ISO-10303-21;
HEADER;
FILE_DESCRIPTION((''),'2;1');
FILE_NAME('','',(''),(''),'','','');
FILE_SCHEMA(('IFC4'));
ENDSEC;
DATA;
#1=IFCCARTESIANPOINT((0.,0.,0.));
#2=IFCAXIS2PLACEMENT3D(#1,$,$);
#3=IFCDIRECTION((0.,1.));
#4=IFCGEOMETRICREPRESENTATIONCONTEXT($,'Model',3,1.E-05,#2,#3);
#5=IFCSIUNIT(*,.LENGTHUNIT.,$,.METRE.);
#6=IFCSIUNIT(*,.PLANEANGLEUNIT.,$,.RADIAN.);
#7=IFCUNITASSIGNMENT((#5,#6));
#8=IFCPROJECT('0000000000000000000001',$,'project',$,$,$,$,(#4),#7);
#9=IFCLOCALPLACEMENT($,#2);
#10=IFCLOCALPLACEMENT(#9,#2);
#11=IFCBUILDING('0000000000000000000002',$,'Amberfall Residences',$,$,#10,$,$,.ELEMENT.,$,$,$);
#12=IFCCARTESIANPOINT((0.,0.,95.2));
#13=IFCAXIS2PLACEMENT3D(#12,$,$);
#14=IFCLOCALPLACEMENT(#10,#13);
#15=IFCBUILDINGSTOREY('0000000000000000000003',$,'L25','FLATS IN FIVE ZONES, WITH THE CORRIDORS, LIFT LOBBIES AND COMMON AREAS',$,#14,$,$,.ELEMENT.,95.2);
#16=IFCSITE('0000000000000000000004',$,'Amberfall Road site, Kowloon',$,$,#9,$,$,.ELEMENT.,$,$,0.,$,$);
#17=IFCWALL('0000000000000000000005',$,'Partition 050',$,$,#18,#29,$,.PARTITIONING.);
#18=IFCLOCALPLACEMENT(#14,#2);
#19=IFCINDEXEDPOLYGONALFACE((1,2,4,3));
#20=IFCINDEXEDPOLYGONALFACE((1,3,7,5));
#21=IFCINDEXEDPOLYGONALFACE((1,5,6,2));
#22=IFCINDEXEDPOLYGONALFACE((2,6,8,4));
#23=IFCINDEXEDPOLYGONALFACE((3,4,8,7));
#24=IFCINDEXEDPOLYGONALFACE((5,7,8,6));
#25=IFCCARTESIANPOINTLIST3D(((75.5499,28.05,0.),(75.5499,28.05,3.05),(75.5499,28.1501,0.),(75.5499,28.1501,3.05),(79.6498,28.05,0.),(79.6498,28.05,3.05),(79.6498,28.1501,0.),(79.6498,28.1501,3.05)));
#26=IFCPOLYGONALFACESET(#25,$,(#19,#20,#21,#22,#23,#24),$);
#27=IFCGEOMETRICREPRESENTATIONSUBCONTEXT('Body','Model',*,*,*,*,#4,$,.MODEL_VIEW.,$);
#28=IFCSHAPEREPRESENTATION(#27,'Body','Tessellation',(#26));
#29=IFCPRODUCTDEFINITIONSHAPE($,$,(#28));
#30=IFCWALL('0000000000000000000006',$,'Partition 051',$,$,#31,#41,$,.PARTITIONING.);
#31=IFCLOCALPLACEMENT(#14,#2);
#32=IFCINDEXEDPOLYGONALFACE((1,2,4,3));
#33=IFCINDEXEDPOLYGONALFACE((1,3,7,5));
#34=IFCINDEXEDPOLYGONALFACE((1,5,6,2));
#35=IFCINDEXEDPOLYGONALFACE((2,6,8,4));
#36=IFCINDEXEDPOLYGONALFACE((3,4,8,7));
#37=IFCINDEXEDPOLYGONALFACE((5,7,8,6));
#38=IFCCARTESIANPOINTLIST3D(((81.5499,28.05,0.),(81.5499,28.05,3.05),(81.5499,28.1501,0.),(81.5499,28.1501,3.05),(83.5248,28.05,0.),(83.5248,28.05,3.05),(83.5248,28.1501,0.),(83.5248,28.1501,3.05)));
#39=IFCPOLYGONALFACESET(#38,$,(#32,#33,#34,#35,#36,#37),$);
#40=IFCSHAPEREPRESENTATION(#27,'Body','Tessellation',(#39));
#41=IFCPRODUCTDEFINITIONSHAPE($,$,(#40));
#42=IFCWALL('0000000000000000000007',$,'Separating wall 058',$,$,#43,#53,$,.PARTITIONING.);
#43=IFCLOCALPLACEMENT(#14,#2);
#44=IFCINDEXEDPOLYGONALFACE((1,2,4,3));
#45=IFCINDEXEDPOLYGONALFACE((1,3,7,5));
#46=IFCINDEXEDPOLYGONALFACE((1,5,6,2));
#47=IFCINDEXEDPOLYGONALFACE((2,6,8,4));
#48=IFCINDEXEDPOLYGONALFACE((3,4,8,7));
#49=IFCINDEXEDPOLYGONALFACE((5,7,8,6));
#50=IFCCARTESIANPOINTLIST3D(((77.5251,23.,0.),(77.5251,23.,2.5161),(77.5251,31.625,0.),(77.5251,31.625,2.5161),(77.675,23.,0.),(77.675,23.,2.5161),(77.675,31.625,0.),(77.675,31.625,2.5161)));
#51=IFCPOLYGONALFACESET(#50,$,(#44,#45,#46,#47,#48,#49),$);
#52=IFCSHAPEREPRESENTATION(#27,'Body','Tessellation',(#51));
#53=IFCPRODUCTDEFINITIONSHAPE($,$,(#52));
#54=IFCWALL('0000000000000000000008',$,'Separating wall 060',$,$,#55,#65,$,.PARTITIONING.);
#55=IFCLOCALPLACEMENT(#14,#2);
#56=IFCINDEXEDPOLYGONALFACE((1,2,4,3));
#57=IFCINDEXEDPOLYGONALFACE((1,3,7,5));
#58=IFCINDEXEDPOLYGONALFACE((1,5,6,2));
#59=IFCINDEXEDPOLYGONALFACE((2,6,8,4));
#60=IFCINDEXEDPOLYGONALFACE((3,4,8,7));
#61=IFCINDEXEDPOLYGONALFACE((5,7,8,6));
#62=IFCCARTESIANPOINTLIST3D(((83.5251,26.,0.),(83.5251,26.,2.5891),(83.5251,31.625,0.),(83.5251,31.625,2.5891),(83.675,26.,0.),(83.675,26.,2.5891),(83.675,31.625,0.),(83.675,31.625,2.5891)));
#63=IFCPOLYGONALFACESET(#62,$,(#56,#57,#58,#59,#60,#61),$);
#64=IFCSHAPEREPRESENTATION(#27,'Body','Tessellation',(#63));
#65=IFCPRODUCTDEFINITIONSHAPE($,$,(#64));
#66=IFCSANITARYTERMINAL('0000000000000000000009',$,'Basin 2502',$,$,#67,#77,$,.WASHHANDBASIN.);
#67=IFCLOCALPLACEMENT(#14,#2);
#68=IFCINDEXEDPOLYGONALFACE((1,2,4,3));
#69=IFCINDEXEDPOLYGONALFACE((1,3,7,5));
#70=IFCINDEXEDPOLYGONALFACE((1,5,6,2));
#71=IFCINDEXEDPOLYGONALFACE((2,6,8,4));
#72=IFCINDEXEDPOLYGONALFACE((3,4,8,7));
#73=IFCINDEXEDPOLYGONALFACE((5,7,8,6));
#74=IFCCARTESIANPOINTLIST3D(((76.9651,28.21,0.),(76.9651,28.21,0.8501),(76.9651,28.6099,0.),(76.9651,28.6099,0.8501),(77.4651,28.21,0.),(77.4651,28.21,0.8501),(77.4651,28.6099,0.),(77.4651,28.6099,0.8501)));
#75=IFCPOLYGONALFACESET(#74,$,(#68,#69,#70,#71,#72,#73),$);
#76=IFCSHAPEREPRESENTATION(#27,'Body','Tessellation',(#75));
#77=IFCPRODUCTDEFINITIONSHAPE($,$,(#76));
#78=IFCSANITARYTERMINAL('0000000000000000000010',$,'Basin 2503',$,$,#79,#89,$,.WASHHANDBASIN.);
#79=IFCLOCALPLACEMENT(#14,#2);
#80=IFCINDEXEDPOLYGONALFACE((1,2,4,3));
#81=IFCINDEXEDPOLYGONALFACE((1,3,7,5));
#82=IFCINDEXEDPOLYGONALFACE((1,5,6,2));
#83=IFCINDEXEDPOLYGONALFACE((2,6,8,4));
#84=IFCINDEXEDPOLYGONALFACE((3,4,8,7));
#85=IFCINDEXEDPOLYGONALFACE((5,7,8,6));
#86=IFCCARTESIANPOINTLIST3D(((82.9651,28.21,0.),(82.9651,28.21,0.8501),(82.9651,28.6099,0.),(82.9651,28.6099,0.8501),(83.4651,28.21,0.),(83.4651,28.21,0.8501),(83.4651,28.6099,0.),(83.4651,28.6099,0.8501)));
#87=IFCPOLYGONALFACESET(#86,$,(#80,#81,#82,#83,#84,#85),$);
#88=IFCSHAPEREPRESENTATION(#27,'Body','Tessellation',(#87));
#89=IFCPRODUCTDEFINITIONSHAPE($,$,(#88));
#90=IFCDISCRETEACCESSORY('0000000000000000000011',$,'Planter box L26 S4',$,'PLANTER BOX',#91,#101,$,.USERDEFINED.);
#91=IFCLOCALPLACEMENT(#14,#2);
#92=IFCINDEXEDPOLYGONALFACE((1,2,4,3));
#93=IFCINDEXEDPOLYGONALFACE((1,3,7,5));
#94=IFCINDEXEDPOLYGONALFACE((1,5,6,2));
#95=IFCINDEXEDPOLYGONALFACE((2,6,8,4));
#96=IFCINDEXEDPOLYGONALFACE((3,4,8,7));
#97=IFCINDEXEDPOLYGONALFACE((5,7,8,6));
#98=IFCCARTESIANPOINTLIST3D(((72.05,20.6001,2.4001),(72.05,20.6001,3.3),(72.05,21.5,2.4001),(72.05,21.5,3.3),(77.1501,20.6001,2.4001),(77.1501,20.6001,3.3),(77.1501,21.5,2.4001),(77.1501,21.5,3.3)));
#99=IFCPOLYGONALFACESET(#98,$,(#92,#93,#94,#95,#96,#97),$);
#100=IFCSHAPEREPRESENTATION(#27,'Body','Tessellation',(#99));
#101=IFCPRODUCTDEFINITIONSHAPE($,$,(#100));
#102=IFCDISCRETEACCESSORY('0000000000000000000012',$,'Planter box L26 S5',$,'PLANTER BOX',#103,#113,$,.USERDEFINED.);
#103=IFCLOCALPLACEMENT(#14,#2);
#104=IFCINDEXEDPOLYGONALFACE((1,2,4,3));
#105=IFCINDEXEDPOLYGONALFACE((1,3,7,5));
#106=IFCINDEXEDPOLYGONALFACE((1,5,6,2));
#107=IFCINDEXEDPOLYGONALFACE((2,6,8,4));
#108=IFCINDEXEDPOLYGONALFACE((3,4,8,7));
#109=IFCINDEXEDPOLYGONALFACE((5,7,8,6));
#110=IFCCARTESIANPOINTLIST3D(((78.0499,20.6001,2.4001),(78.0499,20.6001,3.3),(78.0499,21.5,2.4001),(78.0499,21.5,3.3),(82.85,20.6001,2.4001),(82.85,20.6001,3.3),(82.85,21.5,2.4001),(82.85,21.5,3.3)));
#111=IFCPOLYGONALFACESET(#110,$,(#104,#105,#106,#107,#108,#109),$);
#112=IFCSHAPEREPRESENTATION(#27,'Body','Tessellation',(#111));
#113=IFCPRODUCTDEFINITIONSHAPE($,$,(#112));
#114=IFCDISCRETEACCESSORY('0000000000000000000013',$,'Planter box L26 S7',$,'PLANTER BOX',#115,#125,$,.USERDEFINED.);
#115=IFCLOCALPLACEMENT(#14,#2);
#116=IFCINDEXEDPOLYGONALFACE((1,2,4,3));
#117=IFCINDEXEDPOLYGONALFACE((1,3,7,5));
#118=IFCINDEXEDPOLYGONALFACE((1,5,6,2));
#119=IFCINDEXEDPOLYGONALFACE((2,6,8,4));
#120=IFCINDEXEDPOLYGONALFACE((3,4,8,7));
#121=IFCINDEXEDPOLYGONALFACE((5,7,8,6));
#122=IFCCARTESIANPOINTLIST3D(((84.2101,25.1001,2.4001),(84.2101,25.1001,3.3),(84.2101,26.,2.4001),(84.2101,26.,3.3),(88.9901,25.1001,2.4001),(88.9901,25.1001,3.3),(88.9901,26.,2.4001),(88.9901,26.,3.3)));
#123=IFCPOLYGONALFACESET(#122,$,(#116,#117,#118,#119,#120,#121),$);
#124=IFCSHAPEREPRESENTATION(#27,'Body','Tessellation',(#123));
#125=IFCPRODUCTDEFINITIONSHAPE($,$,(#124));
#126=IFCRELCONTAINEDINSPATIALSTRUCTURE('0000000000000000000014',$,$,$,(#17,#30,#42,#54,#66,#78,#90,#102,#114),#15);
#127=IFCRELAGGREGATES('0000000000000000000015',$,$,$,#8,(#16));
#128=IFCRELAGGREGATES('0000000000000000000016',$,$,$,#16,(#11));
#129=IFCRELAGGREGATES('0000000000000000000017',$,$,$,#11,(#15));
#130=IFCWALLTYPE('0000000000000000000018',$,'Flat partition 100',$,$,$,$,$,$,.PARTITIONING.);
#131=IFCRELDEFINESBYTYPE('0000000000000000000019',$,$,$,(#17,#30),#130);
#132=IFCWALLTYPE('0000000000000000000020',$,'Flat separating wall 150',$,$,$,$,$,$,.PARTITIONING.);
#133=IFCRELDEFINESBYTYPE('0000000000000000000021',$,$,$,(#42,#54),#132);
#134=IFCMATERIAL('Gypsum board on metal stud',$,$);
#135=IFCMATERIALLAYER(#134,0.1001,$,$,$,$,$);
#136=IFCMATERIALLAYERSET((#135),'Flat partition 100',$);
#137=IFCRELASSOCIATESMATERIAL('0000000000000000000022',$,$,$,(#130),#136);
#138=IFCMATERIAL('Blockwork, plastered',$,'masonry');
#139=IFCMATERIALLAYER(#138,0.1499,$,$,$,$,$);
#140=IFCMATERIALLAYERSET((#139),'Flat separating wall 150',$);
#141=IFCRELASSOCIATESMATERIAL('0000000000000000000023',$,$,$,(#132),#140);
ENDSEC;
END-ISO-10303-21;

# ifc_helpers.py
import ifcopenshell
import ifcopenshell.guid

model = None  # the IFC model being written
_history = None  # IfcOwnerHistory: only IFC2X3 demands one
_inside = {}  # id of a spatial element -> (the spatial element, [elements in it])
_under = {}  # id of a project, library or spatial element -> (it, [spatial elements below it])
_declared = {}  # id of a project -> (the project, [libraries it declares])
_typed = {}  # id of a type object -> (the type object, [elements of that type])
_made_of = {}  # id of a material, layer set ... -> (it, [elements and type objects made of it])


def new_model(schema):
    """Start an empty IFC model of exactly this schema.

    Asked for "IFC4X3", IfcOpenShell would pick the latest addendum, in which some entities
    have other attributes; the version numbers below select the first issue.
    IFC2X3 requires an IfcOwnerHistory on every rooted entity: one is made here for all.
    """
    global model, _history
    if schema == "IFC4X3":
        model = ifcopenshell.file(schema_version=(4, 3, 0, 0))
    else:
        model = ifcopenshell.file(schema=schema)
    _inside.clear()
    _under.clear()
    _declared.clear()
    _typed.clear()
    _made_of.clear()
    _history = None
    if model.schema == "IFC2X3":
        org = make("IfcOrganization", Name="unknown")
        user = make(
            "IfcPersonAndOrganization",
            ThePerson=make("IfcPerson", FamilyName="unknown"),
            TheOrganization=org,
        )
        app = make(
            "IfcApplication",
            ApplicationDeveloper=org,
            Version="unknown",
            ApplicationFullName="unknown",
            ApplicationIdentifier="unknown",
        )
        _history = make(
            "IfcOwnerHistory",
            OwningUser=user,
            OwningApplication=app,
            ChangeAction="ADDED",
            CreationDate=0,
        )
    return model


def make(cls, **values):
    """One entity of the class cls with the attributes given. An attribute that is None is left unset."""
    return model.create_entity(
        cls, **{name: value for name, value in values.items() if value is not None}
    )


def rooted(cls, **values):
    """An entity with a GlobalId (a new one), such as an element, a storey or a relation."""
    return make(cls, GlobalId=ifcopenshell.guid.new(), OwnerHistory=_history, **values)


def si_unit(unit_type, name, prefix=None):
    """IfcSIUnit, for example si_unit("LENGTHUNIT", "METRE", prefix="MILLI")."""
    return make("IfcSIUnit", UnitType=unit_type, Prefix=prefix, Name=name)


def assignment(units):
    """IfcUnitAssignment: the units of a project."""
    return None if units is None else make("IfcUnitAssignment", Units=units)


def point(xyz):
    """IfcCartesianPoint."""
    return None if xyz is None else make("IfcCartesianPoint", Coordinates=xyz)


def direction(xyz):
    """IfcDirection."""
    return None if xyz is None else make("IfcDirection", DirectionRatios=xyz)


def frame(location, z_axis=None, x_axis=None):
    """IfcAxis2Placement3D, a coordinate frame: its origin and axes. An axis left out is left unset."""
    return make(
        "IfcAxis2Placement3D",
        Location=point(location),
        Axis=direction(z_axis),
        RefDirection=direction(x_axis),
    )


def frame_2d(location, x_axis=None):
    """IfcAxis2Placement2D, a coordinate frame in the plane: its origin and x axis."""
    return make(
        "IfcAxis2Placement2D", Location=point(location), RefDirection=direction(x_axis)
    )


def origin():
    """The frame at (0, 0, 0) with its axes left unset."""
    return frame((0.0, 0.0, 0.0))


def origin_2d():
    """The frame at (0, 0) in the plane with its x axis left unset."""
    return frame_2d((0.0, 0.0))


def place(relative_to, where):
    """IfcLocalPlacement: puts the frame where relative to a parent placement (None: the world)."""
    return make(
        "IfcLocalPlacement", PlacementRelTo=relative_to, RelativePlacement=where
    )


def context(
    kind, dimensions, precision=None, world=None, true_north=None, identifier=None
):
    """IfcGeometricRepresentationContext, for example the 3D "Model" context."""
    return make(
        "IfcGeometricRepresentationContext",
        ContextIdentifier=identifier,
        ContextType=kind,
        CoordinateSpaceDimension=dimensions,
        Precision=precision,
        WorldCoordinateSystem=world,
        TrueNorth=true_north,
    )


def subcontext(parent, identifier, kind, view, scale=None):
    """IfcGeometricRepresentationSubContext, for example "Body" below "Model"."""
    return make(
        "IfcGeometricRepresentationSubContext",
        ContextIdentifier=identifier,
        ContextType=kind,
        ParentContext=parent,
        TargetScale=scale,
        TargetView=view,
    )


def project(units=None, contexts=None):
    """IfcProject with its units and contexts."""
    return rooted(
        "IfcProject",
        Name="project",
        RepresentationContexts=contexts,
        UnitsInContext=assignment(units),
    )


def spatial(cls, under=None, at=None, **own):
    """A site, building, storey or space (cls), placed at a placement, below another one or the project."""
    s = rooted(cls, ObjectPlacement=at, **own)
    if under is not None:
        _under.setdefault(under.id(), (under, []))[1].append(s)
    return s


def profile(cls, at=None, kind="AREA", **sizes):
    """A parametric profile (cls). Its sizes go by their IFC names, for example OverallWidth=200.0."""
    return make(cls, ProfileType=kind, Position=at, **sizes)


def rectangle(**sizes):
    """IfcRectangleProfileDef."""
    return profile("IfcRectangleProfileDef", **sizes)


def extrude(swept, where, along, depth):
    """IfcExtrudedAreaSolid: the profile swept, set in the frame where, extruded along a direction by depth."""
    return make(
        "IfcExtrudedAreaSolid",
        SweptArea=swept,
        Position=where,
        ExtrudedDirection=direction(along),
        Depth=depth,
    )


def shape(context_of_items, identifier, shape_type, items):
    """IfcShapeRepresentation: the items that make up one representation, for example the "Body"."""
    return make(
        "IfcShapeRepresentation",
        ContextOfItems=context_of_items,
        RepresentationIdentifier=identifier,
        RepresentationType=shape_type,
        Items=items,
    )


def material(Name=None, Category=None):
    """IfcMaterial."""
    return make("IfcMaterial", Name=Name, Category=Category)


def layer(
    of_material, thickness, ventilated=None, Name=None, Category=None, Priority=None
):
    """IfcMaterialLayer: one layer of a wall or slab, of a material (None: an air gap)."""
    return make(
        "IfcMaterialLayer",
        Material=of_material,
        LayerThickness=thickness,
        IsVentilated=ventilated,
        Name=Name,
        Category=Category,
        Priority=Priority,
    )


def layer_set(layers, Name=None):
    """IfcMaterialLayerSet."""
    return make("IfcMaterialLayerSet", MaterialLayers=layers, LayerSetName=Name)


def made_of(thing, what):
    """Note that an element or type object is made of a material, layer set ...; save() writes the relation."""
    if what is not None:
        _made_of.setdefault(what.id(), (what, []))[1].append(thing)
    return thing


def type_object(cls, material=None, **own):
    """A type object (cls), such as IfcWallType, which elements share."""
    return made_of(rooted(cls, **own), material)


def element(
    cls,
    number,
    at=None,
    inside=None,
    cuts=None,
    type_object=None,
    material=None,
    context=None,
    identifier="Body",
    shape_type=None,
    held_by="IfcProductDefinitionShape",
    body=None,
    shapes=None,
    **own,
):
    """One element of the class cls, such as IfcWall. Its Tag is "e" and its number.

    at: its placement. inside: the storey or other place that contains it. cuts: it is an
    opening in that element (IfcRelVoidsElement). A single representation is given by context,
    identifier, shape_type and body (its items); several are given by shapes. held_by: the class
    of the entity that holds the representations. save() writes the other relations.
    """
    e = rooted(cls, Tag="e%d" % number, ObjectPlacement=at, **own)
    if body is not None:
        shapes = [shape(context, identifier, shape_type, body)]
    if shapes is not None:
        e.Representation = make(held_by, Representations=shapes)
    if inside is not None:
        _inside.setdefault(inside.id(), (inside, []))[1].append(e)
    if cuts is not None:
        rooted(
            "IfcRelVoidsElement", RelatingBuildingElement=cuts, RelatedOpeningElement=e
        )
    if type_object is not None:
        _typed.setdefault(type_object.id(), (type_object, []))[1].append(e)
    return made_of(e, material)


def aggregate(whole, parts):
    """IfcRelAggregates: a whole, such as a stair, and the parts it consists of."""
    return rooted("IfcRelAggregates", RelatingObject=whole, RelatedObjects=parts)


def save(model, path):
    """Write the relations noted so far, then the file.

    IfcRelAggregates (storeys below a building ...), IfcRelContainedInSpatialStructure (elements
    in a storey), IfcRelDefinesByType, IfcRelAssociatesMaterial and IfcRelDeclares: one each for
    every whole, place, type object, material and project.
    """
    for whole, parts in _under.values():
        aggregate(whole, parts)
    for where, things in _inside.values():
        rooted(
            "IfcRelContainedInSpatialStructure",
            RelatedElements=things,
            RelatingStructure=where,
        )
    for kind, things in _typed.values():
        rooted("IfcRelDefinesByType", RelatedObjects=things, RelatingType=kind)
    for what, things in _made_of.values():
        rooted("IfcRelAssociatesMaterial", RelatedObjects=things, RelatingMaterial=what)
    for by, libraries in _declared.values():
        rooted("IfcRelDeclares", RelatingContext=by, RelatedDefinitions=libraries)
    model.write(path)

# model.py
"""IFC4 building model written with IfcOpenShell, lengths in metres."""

from ifc_helpers import new_model, si_unit, direction, frame, frame_2d, origin, origin_2d, place, context, subcontext, project, spatial, rectangle, extrude, material, layer, layer_set, type_object, element, save


model = new_model("IFC4")

# Units and contexts
model_context = context("Model", 3, precision=1e-05, world=origin(), true_north=direction((0.0, 1.0)))
body_context = subcontext(model_context, "Body", "Model", "MODEL_VIEW")
ifc_project = project(units=[si_unit("LENGTHUNIT", "METRE"), si_unit("PLANEANGLEUNIT", "RADIAN")], contexts=[model_context])

# Site, building, storey
site_placement = place(None, origin())
site = spatial("IfcSite", under=ifc_project, at=site_placement, Name="Amberfall Road site, Kowloon", CompositionType="ELEMENT", RefElevation=0.0)
building_placement = place(site_placement, origin())
building = spatial("IfcBuilding", under=site, at=building_placement, Name="Amberfall Residences", CompositionType="ELEMENT")
storey_placement = place(building_placement, frame((0.0, 0.0, 95.2)))
storey = spatial("IfcBuildingStorey", under=building, at=storey_placement, Name="L25", Description="FLATS IN FIVE ZONES, WITH THE CORRIDORS, LIFT LOBBIES AND COMMON AREAS", CompositionType="ELEMENT", Elevation=95.2)

# Shared definitions
ifc_material_1 = material(Name="Gypsum board on metal stud")
ifc_layer_1 = layer(ifc_material_1, 0.1001)
ifc_layer_set_1 = layer_set([ifc_layer_1], Name="Flat partition 100")
wall_type_1 = type_object("IfcWallType", Name="Flat partition 100", PredefinedType="PARTITIONING", material=ifc_layer_set_1)

# Walls
wall_1_placement = place(storey_placement, frame((75.55, 28.1001, 0.0), z_axis=(0.0, 0.0, 1.0), x_axis=(1.0, 0.0, 0.0)))
element("IfcWall", 1, at=wall_1_placement, inside=storey, type_object=wall_type_1, Name="Partition 050", PredefinedType="PARTITIONING", context=body_context, shape_type="SweptSolid", body=[
    extrude(rectangle(XDim=4.0999, YDim=0.1001, at=frame_2d((2.0498, 0.0))), origin(), (0.0, 0.0, 1.0), 3.05),
])
wall_2_placement = place(storey_placement, frame((81.55, 28.1001, 0.0), z_axis=(0.0, 0.0, 1.0), x_axis=(1.0, 0.0, 0.0)))
element("IfcWall", 2, at=wall_2_placement, inside=storey, type_object=wall_type_1, Name="Partition 051", PredefinedType="PARTITIONING", context=body_context, shape_type="SweptSolid", body=[
    extrude(rectangle(XDim=1.9749, YDim=0.1001, at=frame_2d((0.9873, 0.0))), origin(), (0.0, 0.0, 1.0), 3.05),
])
ifc_material_2 = material(Name="Blockwork, plastered", Category="masonry")
ifc_layer_2 = layer(ifc_material_2, 0.1499)
ifc_layer_set_2 = layer_set([ifc_layer_2], Name="Flat separating wall 150")
wall_type_2 = type_object("IfcWallType", Name="Flat separating wall 150", PredefinedType="PARTITIONING", material=ifc_layer_set_2)
wall_3_placement = place(storey_placement, frame((77.6001, 23.0, 0.0), z_axis=(0.0, 0.0, 1.0), x_axis=(0.0, 1.0, 0.0)))
element("IfcWall", 3, at=wall_3_placement, inside=storey, type_object=wall_type_2, Name="Separating wall 058", PredefinedType="PARTITIONING", context=body_context, shape_type="SweptSolid", body=[
    extrude(rectangle(XDim=8.625, YDim=0.1499, at=frame_2d((4.3125, 0.0))), origin(), (0.0, 0.0, 1.0), 2.5161),
])
wall_4_placement = place(storey_placement, frame((83.6001, 26.0, 0.0), z_axis=(0.0, 0.0, 1.0), x_axis=(0.0, 1.0, 0.0)))
element("IfcWall", 4, at=wall_4_placement, inside=storey, type_object=wall_type_2, Name="Separating wall 060", PredefinedType="PARTITIONING", context=body_context, shape_type="SweptSolid", body=[
    extrude(rectangle(XDim=5.625, YDim=0.1499, at=frame_2d((2.8125, 0.0))), origin(), (0.0, 0.0, 1.0), 2.5891),
])

# Sanitary terminals
for number, where, z_axis, x_axis, name in (
    (5, (77.2151, 28.4099, 0.0), (0.0, 0.0, 1.0), (1.0, 0.0, 0.0), "Basin 2502"),
    (6, (83.2151, 28.4099, 0.0), (0.0, 0.0, 1.0), (1.0, 0.0, 0.0), "Basin 2503"),
):
    element("IfcSanitaryTerminal", number, at=place(storey_placement, frame(where, z_axis=z_axis, x_axis=x_axis)), inside=storey, Name=name, PredefinedType="WASHHANDBASIN", context=body_context, shape_type="SweptSolid", body=[
        extrude(rectangle(XDim=0.5, YDim=0.3999, at=origin_2d()), origin(), (0.0, 0.0, 1.0), 0.8501),
    ])

# Discrete accessories
discrete_accessory_1_placement = place(storey_placement, frame((74.6001, 21.05, 2.4001), z_axis=(0.0, 0.0, 1.0), x_axis=(1.0, 0.0, 0.0)))
element("IfcDiscreteAccessory", 7, at=discrete_accessory_1_placement, inside=storey, Name="Planter box L26 S4", ObjectType="PLANTER BOX", PredefinedType="USERDEFINED", context=body_context, shape_type="SweptSolid", body=[
    extrude(rectangle(XDim=5.1001, YDim=0.8999, at=origin_2d()), origin(), (0.0, 0.0, 1.0), 0.8999),
])
discrete_accessory_2_placement = place(storey_placement, frame((80.45, 21.05, 2.4001), z_axis=(0.0, 0.0, 1.0), x_axis=(1.0, 0.0, 0.0)))
element("IfcDiscreteAccessory", 8, at=discrete_accessory_2_placement, inside=storey, Name="Planter box L26 S5", ObjectType="PLANTER BOX", PredefinedType="USERDEFINED", context=body_context, shape_type="SweptSolid", body=[
    extrude(rectangle(XDim=4.8, YDim=0.8999, at=origin_2d()), origin(), (0.0, 0.0, 1.0), 0.8999),
])
discrete_accessory_3_placement = place(storey_placement, frame((86.6001, 25.55, 2.4001), z_axis=(0.0, 0.0, 1.0), x_axis=(1.0, 0.0, 0.0)))
element("IfcDiscreteAccessory", 9, at=discrete_accessory_3_placement, inside=storey, Name="Planter box L26 S7", ObjectType="PLANTER BOX", PredefinedType="USERDEFINED", context=body_context, shape_type="SweptSolid", body=[
    extrude(rectangle(XDim=4.78, YDim=0.8999, at=origin_2d()), origin(), (0.0, 0.0, 1.0), 0.8999),
])

save(model, "model.ifc")
